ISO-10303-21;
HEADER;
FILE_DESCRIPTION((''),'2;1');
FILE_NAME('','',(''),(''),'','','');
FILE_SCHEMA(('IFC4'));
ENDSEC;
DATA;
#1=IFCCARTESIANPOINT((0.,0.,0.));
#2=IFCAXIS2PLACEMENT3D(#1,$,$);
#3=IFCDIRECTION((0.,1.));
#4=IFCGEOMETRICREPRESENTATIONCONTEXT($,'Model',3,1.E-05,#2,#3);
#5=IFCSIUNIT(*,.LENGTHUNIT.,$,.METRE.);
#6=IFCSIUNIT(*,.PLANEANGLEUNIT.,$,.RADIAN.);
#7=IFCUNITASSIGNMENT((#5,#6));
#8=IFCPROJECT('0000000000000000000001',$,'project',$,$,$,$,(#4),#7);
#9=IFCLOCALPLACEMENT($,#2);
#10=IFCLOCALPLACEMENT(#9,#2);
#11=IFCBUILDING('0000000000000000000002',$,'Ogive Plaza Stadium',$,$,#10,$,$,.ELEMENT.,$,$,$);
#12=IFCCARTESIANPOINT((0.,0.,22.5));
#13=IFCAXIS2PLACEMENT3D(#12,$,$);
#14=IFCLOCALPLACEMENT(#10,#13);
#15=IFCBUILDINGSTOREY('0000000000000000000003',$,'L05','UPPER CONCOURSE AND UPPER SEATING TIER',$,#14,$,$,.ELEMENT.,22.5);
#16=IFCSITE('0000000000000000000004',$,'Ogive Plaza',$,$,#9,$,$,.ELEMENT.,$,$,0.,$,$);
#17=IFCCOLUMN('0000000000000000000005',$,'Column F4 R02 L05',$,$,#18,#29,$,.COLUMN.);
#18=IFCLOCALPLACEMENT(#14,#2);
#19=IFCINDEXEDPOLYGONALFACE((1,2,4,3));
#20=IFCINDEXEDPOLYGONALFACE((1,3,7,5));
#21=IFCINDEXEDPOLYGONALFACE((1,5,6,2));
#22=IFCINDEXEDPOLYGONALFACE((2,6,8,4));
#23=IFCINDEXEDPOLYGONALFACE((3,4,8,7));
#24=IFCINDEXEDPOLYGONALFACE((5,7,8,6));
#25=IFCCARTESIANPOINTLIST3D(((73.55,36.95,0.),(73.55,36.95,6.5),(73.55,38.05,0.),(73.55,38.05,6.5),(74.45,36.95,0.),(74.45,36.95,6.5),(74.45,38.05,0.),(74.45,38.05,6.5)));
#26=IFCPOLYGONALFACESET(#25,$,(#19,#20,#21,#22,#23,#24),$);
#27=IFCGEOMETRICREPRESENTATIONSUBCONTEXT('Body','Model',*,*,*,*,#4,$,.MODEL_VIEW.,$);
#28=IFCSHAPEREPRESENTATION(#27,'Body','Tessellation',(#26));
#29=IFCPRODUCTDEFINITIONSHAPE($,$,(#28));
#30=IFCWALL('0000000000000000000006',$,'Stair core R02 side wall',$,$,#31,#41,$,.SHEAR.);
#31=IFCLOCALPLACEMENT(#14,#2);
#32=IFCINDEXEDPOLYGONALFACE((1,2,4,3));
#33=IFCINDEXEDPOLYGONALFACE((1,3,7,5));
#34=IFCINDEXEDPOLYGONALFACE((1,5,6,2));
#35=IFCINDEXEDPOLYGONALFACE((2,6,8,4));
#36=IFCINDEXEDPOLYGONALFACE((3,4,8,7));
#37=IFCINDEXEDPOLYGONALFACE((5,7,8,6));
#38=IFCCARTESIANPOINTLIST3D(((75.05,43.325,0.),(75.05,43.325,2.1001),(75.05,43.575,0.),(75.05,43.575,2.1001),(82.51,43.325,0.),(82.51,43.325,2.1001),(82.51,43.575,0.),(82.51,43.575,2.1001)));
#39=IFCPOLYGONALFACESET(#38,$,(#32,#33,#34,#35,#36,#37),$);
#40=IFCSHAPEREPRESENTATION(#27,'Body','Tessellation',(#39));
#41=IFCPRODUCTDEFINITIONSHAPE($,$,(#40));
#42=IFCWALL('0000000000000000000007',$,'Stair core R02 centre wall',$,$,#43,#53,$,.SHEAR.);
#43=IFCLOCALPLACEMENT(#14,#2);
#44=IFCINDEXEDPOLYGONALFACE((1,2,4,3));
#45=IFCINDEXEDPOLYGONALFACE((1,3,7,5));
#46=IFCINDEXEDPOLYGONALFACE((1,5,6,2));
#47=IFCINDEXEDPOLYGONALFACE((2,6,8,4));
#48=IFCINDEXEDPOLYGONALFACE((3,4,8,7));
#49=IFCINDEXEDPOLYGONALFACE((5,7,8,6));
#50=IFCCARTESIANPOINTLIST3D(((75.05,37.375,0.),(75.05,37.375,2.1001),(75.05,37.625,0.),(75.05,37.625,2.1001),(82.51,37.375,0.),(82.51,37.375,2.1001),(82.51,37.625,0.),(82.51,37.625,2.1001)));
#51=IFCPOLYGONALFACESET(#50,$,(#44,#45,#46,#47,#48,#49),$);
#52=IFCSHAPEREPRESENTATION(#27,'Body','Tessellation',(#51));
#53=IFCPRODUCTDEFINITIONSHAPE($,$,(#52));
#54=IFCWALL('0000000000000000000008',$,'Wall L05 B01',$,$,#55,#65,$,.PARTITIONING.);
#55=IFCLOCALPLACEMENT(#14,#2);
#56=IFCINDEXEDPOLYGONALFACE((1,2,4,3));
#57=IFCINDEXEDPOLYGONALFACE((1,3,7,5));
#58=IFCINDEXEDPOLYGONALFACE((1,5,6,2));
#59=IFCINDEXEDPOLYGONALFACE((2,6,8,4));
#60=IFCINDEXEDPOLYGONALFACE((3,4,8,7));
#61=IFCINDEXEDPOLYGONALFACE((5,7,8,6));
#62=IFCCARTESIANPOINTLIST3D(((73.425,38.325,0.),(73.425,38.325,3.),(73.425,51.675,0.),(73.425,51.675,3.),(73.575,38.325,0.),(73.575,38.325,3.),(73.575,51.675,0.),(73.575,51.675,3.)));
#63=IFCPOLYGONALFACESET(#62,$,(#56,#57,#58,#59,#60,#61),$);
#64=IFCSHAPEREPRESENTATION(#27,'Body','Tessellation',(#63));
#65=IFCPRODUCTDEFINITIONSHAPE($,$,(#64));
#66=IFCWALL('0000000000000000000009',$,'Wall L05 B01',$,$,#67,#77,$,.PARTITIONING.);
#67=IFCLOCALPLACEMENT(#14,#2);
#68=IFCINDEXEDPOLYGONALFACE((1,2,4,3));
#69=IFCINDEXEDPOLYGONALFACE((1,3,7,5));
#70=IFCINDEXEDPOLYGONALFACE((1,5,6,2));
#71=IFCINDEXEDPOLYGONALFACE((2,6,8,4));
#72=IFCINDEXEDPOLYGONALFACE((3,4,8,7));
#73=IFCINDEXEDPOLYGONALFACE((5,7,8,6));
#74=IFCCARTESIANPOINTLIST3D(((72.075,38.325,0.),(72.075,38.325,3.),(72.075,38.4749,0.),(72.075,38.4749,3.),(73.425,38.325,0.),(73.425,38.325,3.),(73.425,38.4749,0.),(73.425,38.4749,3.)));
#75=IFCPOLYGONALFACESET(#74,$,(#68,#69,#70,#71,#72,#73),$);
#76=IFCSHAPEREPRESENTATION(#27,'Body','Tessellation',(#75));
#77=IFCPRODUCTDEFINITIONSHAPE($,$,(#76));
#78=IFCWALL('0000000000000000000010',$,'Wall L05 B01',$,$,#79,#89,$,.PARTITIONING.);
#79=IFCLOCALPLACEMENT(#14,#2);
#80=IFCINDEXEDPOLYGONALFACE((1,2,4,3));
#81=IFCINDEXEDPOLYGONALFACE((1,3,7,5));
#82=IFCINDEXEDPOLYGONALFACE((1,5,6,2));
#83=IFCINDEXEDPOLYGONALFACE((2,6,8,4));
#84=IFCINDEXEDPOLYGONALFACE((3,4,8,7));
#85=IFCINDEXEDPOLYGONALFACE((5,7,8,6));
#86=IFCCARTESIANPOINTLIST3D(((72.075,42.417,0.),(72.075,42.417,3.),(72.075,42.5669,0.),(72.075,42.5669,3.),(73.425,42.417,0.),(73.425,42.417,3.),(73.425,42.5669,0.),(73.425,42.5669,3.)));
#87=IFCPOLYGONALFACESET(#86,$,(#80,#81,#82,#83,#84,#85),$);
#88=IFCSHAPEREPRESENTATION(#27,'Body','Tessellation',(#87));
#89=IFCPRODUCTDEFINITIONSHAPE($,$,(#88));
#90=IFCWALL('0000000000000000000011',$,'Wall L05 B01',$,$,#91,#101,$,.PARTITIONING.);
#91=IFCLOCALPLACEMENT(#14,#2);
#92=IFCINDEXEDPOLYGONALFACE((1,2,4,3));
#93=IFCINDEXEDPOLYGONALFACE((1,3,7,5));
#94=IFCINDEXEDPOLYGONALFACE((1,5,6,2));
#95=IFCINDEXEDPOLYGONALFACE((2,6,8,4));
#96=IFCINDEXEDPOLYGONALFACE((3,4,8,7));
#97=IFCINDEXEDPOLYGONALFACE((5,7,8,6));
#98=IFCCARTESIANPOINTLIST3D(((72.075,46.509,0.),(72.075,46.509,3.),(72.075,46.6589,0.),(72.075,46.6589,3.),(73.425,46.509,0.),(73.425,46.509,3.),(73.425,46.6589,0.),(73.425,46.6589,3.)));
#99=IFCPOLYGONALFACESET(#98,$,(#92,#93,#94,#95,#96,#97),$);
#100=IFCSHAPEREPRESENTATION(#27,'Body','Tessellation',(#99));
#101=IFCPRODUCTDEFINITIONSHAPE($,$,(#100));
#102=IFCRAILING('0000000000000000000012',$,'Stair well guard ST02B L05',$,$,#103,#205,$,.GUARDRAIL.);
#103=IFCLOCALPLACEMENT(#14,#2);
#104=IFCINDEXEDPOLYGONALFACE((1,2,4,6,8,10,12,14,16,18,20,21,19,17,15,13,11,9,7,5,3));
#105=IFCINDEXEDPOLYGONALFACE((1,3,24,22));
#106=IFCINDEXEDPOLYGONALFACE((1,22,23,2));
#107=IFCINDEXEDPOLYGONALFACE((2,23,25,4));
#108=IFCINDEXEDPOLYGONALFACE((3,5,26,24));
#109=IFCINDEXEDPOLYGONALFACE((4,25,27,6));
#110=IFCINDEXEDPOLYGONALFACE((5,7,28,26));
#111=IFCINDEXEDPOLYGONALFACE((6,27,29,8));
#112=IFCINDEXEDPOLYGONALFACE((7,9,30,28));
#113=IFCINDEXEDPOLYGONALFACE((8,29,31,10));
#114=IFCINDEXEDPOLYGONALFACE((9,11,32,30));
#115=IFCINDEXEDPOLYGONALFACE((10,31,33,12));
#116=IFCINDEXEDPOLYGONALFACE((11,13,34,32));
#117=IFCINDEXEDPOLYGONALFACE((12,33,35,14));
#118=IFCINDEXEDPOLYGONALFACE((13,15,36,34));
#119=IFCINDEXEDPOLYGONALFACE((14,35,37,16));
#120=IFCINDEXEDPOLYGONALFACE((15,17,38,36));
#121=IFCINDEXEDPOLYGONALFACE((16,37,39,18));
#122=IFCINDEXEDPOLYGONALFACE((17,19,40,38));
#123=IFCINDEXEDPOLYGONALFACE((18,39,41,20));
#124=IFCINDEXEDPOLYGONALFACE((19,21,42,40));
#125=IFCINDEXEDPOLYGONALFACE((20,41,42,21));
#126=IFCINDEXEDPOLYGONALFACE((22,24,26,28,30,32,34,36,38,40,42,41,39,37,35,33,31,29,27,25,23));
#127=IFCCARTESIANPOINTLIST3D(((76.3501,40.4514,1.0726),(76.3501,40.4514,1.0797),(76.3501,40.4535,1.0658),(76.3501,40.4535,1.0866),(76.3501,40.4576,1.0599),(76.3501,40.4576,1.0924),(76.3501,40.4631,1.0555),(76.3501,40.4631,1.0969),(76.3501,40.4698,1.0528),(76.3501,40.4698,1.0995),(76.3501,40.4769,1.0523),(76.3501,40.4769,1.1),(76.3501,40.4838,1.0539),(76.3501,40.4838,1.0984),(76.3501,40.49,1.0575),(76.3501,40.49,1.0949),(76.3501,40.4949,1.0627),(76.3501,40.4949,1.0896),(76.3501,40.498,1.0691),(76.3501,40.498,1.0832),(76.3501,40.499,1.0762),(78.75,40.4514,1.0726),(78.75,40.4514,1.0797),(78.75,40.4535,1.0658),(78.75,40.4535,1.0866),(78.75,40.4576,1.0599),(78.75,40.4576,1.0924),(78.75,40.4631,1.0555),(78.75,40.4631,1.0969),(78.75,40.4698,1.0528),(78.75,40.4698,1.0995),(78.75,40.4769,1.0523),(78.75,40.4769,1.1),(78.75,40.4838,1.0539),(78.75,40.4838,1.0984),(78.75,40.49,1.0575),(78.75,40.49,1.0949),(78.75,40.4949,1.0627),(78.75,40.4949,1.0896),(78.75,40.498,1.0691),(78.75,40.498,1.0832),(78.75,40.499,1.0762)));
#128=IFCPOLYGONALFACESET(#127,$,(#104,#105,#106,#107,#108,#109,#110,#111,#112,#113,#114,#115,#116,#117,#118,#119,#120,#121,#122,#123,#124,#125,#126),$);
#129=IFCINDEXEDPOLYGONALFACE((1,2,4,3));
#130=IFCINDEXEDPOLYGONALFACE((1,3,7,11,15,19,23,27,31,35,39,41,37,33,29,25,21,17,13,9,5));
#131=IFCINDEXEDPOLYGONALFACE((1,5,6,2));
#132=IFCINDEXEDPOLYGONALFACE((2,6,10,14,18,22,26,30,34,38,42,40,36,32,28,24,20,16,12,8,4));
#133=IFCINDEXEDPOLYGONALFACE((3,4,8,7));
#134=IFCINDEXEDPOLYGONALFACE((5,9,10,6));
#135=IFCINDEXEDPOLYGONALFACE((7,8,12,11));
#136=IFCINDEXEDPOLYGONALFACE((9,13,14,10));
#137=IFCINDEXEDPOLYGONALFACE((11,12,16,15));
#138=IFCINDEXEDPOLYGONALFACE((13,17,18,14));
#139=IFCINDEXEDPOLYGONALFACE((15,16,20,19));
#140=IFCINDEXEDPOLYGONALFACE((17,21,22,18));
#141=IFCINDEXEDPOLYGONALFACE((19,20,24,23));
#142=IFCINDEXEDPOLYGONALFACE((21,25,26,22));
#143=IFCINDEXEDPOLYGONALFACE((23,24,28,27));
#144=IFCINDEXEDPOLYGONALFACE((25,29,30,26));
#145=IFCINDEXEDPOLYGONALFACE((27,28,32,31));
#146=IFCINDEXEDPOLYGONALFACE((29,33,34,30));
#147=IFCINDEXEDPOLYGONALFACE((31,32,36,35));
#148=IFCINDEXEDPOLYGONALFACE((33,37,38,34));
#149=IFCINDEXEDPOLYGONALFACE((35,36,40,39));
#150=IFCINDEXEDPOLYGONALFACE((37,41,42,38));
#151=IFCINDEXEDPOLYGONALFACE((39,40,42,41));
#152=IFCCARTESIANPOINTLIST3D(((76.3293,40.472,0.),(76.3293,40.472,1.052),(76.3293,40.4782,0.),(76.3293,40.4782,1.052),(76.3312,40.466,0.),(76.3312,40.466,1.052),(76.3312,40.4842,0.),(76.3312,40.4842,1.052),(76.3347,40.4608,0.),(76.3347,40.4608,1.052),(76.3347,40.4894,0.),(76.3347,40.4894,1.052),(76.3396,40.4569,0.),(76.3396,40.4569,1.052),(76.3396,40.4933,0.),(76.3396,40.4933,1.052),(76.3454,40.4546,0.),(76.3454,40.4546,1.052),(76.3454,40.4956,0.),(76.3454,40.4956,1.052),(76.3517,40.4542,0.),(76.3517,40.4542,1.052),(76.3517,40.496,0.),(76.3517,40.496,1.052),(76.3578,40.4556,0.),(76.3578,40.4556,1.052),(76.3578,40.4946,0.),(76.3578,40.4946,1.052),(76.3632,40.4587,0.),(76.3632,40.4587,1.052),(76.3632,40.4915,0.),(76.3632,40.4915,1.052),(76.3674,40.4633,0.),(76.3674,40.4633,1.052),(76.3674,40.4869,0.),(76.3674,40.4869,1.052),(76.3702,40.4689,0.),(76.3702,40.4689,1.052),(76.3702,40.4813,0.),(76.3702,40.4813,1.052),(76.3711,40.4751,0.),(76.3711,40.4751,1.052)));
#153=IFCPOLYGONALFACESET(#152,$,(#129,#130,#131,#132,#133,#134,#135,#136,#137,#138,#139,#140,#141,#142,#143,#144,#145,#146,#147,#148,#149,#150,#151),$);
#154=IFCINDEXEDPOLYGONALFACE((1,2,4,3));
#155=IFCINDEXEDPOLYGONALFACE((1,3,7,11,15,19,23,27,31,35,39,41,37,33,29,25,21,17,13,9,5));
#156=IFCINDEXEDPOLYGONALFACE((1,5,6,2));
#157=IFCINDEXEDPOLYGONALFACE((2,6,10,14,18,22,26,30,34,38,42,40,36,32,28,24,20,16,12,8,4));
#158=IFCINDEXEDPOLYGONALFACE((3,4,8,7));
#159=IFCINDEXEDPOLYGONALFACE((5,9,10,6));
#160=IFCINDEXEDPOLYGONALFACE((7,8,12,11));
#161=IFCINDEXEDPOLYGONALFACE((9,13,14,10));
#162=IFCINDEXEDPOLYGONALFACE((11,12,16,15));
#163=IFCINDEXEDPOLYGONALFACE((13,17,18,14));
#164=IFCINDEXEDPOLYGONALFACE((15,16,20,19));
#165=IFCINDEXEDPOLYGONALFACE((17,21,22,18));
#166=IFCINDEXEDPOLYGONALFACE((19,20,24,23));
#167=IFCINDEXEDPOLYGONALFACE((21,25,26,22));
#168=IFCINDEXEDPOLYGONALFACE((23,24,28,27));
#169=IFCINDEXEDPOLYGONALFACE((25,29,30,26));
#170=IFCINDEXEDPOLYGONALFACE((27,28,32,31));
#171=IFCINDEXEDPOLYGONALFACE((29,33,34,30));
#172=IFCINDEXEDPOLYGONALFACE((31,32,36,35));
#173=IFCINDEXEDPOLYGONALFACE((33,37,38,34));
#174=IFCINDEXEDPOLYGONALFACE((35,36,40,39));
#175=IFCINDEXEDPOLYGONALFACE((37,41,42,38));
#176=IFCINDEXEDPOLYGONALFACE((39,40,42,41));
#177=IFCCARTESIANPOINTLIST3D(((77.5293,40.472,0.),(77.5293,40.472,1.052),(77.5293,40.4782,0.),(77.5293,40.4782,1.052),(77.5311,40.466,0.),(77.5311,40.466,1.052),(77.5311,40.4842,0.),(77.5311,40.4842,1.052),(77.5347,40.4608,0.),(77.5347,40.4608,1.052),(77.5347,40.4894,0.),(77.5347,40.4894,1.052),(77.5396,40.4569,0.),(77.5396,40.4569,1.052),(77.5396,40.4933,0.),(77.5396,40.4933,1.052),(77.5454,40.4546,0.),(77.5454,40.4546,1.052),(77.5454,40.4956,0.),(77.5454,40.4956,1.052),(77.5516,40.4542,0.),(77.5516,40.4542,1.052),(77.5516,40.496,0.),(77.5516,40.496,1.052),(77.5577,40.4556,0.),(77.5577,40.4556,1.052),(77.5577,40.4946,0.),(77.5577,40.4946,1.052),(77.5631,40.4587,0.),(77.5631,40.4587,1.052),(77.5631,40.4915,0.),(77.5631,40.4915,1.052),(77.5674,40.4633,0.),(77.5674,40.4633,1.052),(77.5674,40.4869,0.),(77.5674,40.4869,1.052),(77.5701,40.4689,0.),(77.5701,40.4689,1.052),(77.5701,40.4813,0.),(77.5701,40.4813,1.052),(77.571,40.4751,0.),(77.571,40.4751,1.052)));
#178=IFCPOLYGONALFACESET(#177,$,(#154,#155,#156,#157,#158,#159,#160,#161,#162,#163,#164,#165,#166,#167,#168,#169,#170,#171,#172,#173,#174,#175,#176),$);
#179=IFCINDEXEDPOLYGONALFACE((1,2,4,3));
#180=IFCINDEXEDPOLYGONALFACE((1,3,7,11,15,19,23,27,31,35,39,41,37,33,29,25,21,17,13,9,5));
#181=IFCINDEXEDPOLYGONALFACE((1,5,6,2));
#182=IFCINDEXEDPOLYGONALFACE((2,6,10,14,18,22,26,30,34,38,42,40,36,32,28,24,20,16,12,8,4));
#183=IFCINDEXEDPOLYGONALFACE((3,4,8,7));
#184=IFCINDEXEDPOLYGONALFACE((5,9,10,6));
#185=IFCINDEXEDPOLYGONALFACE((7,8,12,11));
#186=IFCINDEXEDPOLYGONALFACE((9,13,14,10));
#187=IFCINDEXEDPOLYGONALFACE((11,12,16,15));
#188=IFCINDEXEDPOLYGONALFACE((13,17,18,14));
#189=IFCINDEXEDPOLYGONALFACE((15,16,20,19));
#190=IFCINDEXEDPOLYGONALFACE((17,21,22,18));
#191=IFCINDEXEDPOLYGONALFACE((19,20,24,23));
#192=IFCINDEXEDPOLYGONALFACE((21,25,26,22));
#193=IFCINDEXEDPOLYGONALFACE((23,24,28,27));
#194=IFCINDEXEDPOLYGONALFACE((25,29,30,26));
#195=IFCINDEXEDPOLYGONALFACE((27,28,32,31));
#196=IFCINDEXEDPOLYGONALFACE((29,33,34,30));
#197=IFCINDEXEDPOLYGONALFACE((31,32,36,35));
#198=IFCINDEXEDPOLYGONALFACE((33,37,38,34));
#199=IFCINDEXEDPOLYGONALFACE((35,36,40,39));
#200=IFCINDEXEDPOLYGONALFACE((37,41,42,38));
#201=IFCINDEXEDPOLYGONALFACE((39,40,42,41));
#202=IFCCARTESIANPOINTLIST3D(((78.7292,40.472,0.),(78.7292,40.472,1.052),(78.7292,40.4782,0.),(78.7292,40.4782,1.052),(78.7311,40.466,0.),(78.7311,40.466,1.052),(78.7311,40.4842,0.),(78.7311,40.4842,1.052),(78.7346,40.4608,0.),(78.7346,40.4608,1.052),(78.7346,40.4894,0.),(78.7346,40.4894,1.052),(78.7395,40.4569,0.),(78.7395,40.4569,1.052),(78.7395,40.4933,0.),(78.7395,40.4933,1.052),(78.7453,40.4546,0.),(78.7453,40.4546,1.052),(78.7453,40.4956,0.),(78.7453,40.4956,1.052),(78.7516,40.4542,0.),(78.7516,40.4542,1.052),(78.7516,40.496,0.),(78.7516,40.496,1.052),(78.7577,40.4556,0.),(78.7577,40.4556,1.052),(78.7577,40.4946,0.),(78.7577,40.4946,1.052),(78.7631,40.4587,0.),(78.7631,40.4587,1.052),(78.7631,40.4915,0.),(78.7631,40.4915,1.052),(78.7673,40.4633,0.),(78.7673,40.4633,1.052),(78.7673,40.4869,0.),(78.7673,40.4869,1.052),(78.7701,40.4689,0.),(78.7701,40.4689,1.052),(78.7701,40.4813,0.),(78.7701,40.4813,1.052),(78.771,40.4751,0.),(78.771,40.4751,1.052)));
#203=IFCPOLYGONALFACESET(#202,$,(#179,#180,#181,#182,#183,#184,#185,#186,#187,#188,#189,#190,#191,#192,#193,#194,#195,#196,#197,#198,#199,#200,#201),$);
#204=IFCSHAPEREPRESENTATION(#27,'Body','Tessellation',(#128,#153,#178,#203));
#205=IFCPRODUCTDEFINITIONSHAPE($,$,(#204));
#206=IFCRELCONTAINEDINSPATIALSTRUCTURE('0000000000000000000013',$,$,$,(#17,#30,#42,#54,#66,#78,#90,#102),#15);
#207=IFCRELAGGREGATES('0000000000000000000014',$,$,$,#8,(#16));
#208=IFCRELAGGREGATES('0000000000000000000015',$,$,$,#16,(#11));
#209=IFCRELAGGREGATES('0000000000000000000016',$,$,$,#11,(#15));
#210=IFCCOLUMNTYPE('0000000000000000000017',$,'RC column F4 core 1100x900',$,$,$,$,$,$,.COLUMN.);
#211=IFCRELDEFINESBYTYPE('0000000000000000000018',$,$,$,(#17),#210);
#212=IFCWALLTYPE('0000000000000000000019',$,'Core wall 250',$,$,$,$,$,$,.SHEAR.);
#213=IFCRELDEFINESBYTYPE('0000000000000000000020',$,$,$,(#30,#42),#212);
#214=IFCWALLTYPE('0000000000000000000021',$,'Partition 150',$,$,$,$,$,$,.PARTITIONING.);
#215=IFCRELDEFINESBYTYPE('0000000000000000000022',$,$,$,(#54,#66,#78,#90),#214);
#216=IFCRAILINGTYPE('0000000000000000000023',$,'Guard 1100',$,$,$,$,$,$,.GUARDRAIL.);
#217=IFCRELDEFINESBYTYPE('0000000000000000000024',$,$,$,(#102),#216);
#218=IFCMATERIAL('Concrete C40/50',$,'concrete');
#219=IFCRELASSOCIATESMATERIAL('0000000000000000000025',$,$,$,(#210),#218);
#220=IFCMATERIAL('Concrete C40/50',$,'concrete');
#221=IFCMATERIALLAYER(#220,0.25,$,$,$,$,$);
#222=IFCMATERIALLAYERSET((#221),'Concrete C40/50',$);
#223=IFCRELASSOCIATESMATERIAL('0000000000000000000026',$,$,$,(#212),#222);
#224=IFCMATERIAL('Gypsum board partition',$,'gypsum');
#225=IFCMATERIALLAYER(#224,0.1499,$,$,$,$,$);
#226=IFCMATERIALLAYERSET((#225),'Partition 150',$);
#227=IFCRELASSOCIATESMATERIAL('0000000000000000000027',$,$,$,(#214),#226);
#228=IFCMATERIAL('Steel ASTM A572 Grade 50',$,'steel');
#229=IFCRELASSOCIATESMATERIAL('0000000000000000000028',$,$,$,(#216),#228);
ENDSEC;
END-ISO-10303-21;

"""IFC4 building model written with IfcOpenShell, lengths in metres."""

from ifc_helpers import new_model, si_unit, direction, frame, frame_2d, origin, origin_2d, place, context, subcontext, project, spatial, rectangle, circle, extrude, material, layer, layer_set, material_profile, profile_set, type_object, element, save


model = new_model("IFC4")

# Units and contexts
model_context = context("Model", 3, precision=1e-05, world=origin(), true_north=direction((0.0, 1.0)))
body_context = subcontext(model_context, "Body", "Model", "MODEL_VIEW")
ifc_project = project(units=[si_unit("LENGTHUNIT", "METRE"), si_unit("PLANEANGLEUNIT", "RADIAN")], contexts=[model_context])

# Site, building, storey
site_placement = place(None, origin())
site = spatial("IfcSite", under=ifc_project, at=site_placement, Name="Ogive Plaza", CompositionType="ELEMENT", RefElevation=0.0)
building_placement = place(site_placement, origin())
building = spatial("IfcBuilding", under=site, at=building_placement, Name="Ogive Plaza Stadium", CompositionType="ELEMENT")
storey_placement = place(building_placement, frame((0.0, 0.0, 22.5)))
storey = spatial("IfcBuildingStorey", under=building, at=storey_placement, Name="L05", Description="UPPER CONCOURSE AND UPPER SEATING TIER", CompositionType="ELEMENT", Elevation=22.5)

# Column
ifc_material_1 = material(Name="Concrete C40/50", Category="concrete")
ifc_material_profile = material_profile(ifc_material_1, rectangle(XDim=1.1001, YDim=0.8999, at=origin_2d()), Name="RC 1100x900")
ifc_profile_set = profile_set([ifc_material_profile], Name="Concrete C40/50")
column_type = type_object("IfcColumnType", Name="RC column F4 core 1100x900", PredefinedType="COLUMN", material=ifc_profile_set)
column_placement = place(storey_placement, frame((74.0, 37.5, 0.0), z_axis=(0.0, 0.0, 1.0), x_axis=(0.0, 1.0, 0.0)))
element("IfcColumn", 1, at=column_placement, inside=storey, type_object=column_type, Name="Column F4 R02 L05", PredefinedType="COLUMN", context=body_context, shape_type="SweptSolid", body=[
    extrude(rectangle(XDim=1.1001, YDim=0.8999, at=origin_2d()), origin(), (0.0, 0.0, 1.0), 6.5),
])

# Walls
ifc_material_2 = material(Name="Concrete C40/50", Category="concrete")
ifc_layer_1 = layer(ifc_material_2, 0.25)
ifc_layer_set_1 = layer_set([ifc_layer_1], Name="Concrete C40/50")
wall_type_1 = type_object("IfcWallType", Name="Core wall 250", PredefinedType="SHEAR", material=ifc_layer_set_1)
for number, where, z_axis, x_axis, name in (
    (2, (75.05, 43.45, 0.0), (0.0, 0.0, 1.0), (1.0, 0.0, 0.0), "Stair core R02 side wall"),
    (3, (75.05, 37.5, 0.0), (0.0, 0.0, 1.0), (1.0, 0.0, 0.0), "Stair core R02 centre wall"),
):
    element("IfcWall", number, at=place(storey_placement, frame(where, z_axis=z_axis, x_axis=x_axis)), inside=storey, type_object=wall_type_1, Name=name, PredefinedType="SHEAR", context=body_context, shape_type="SweptSolid", body=[
        extrude(rectangle(XDim=7.46, YDim=0.25, at=frame_2d((3.73, 0.0))), origin(), (0.0, 0.0, 1.0), 2.1001),
    ])
ifc_material_3 = material(Name="Gypsum board partition", Category="gypsum")
ifc_layer_2 = layer(ifc_material_3, 0.1499)
ifc_layer_set_2 = layer_set([ifc_layer_2], Name="Partition 150")
wall_type_2 = type_object("IfcWallType", Name="Partition 150", PredefinedType="PARTITIONING", material=ifc_layer_set_2)
wall_placement = place(storey_placement, frame((73.5, 38.325, 0.0), z_axis=(0.0, 0.0, 1.0), x_axis=(0.0, 1.0, 0.0)))
element("IfcWall", 4, at=wall_placement, inside=storey, type_object=wall_type_2, Name="Wall L05 B01", PredefinedType="PARTITIONING", context=body_context, shape_type="SweptSolid", body=[
    extrude(rectangle(XDim=13.3501, YDim=0.1499, at=frame_2d((6.675, 0.0))), origin(), (0.0, 0.0, 1.0), 3.0),
])
for number, where, z_axis, x_axis, name in (
    (5, (72.075, 38.3999, 0.0), (0.0, 0.0, 1.0), (1.0, 0.0, 0.0), "Wall L05 B01"),
    (6, (72.075, 42.4919, 0.0), (0.0, 0.0, 1.0), (1.0, 0.0, 0.0), "Wall L05 B01"),
    (7, (72.075, 46.584, 0.0), (0.0, 0.0, 1.0), (1.0, 0.0, 0.0), "Wall L05 B01"),
):
    element("IfcWall", number, at=place(storey_placement, frame(where, z_axis=z_axis, x_axis=x_axis)), inside=storey, type_object=wall_type_2, Name=name, PredefinedType="PARTITIONING", context=body_context, shape_type="SweptSolid", body=[
        extrude(rectangle(XDim=1.3501, YDim=0.1499, at=frame_2d((0.675, 0.0))), origin(), (0.0, 0.0, 1.0), 3.0),
    ])

# Railing
ifc_material_4 = material(Name="Steel ASTM A572 Grade 50", Category="steel")
railing_type = type_object("IfcRailingType", Name="Guard 1100", PredefinedType="GUARDRAIL", material=ifc_material_4)
railing_placement = place(storey_placement, frame((76.3501, 40.4751, 0.0)))
element("IfcRailing", 8, at=railing_placement, inside=storey, type_object=railing_type, Name="Stair well guard ST02B L05", PredefinedType="GUARDRAIL", context=body_context, shape_type="SweptSolid", body=[
    extrude(circle(Radius=0.0239, at=origin_2d()), frame((0.0, 0.0, 1.0762), z_axis=(1.0, 0.0, 0.0), x_axis=(0.0, 1.0, 0.0)), (0.0, 0.0, 1.0), 2.3999),
    extrude(circle(Radius=0.021, at=origin_2d()), origin(), (0.0, 0.0, 1.0), 1.052),
    extrude(circle(Radius=0.021, at=origin_2d()), frame((1.2, 0.0, 0.0)), (0.0, 0.0, 1.0), 1.052),
    extrude(circle(Radius=0.021, at=origin_2d()), frame((2.3999, 0.0, 0.0)), (0.0, 0.0, 1.0), 1.052),
])

save(model, "model.ifc")
